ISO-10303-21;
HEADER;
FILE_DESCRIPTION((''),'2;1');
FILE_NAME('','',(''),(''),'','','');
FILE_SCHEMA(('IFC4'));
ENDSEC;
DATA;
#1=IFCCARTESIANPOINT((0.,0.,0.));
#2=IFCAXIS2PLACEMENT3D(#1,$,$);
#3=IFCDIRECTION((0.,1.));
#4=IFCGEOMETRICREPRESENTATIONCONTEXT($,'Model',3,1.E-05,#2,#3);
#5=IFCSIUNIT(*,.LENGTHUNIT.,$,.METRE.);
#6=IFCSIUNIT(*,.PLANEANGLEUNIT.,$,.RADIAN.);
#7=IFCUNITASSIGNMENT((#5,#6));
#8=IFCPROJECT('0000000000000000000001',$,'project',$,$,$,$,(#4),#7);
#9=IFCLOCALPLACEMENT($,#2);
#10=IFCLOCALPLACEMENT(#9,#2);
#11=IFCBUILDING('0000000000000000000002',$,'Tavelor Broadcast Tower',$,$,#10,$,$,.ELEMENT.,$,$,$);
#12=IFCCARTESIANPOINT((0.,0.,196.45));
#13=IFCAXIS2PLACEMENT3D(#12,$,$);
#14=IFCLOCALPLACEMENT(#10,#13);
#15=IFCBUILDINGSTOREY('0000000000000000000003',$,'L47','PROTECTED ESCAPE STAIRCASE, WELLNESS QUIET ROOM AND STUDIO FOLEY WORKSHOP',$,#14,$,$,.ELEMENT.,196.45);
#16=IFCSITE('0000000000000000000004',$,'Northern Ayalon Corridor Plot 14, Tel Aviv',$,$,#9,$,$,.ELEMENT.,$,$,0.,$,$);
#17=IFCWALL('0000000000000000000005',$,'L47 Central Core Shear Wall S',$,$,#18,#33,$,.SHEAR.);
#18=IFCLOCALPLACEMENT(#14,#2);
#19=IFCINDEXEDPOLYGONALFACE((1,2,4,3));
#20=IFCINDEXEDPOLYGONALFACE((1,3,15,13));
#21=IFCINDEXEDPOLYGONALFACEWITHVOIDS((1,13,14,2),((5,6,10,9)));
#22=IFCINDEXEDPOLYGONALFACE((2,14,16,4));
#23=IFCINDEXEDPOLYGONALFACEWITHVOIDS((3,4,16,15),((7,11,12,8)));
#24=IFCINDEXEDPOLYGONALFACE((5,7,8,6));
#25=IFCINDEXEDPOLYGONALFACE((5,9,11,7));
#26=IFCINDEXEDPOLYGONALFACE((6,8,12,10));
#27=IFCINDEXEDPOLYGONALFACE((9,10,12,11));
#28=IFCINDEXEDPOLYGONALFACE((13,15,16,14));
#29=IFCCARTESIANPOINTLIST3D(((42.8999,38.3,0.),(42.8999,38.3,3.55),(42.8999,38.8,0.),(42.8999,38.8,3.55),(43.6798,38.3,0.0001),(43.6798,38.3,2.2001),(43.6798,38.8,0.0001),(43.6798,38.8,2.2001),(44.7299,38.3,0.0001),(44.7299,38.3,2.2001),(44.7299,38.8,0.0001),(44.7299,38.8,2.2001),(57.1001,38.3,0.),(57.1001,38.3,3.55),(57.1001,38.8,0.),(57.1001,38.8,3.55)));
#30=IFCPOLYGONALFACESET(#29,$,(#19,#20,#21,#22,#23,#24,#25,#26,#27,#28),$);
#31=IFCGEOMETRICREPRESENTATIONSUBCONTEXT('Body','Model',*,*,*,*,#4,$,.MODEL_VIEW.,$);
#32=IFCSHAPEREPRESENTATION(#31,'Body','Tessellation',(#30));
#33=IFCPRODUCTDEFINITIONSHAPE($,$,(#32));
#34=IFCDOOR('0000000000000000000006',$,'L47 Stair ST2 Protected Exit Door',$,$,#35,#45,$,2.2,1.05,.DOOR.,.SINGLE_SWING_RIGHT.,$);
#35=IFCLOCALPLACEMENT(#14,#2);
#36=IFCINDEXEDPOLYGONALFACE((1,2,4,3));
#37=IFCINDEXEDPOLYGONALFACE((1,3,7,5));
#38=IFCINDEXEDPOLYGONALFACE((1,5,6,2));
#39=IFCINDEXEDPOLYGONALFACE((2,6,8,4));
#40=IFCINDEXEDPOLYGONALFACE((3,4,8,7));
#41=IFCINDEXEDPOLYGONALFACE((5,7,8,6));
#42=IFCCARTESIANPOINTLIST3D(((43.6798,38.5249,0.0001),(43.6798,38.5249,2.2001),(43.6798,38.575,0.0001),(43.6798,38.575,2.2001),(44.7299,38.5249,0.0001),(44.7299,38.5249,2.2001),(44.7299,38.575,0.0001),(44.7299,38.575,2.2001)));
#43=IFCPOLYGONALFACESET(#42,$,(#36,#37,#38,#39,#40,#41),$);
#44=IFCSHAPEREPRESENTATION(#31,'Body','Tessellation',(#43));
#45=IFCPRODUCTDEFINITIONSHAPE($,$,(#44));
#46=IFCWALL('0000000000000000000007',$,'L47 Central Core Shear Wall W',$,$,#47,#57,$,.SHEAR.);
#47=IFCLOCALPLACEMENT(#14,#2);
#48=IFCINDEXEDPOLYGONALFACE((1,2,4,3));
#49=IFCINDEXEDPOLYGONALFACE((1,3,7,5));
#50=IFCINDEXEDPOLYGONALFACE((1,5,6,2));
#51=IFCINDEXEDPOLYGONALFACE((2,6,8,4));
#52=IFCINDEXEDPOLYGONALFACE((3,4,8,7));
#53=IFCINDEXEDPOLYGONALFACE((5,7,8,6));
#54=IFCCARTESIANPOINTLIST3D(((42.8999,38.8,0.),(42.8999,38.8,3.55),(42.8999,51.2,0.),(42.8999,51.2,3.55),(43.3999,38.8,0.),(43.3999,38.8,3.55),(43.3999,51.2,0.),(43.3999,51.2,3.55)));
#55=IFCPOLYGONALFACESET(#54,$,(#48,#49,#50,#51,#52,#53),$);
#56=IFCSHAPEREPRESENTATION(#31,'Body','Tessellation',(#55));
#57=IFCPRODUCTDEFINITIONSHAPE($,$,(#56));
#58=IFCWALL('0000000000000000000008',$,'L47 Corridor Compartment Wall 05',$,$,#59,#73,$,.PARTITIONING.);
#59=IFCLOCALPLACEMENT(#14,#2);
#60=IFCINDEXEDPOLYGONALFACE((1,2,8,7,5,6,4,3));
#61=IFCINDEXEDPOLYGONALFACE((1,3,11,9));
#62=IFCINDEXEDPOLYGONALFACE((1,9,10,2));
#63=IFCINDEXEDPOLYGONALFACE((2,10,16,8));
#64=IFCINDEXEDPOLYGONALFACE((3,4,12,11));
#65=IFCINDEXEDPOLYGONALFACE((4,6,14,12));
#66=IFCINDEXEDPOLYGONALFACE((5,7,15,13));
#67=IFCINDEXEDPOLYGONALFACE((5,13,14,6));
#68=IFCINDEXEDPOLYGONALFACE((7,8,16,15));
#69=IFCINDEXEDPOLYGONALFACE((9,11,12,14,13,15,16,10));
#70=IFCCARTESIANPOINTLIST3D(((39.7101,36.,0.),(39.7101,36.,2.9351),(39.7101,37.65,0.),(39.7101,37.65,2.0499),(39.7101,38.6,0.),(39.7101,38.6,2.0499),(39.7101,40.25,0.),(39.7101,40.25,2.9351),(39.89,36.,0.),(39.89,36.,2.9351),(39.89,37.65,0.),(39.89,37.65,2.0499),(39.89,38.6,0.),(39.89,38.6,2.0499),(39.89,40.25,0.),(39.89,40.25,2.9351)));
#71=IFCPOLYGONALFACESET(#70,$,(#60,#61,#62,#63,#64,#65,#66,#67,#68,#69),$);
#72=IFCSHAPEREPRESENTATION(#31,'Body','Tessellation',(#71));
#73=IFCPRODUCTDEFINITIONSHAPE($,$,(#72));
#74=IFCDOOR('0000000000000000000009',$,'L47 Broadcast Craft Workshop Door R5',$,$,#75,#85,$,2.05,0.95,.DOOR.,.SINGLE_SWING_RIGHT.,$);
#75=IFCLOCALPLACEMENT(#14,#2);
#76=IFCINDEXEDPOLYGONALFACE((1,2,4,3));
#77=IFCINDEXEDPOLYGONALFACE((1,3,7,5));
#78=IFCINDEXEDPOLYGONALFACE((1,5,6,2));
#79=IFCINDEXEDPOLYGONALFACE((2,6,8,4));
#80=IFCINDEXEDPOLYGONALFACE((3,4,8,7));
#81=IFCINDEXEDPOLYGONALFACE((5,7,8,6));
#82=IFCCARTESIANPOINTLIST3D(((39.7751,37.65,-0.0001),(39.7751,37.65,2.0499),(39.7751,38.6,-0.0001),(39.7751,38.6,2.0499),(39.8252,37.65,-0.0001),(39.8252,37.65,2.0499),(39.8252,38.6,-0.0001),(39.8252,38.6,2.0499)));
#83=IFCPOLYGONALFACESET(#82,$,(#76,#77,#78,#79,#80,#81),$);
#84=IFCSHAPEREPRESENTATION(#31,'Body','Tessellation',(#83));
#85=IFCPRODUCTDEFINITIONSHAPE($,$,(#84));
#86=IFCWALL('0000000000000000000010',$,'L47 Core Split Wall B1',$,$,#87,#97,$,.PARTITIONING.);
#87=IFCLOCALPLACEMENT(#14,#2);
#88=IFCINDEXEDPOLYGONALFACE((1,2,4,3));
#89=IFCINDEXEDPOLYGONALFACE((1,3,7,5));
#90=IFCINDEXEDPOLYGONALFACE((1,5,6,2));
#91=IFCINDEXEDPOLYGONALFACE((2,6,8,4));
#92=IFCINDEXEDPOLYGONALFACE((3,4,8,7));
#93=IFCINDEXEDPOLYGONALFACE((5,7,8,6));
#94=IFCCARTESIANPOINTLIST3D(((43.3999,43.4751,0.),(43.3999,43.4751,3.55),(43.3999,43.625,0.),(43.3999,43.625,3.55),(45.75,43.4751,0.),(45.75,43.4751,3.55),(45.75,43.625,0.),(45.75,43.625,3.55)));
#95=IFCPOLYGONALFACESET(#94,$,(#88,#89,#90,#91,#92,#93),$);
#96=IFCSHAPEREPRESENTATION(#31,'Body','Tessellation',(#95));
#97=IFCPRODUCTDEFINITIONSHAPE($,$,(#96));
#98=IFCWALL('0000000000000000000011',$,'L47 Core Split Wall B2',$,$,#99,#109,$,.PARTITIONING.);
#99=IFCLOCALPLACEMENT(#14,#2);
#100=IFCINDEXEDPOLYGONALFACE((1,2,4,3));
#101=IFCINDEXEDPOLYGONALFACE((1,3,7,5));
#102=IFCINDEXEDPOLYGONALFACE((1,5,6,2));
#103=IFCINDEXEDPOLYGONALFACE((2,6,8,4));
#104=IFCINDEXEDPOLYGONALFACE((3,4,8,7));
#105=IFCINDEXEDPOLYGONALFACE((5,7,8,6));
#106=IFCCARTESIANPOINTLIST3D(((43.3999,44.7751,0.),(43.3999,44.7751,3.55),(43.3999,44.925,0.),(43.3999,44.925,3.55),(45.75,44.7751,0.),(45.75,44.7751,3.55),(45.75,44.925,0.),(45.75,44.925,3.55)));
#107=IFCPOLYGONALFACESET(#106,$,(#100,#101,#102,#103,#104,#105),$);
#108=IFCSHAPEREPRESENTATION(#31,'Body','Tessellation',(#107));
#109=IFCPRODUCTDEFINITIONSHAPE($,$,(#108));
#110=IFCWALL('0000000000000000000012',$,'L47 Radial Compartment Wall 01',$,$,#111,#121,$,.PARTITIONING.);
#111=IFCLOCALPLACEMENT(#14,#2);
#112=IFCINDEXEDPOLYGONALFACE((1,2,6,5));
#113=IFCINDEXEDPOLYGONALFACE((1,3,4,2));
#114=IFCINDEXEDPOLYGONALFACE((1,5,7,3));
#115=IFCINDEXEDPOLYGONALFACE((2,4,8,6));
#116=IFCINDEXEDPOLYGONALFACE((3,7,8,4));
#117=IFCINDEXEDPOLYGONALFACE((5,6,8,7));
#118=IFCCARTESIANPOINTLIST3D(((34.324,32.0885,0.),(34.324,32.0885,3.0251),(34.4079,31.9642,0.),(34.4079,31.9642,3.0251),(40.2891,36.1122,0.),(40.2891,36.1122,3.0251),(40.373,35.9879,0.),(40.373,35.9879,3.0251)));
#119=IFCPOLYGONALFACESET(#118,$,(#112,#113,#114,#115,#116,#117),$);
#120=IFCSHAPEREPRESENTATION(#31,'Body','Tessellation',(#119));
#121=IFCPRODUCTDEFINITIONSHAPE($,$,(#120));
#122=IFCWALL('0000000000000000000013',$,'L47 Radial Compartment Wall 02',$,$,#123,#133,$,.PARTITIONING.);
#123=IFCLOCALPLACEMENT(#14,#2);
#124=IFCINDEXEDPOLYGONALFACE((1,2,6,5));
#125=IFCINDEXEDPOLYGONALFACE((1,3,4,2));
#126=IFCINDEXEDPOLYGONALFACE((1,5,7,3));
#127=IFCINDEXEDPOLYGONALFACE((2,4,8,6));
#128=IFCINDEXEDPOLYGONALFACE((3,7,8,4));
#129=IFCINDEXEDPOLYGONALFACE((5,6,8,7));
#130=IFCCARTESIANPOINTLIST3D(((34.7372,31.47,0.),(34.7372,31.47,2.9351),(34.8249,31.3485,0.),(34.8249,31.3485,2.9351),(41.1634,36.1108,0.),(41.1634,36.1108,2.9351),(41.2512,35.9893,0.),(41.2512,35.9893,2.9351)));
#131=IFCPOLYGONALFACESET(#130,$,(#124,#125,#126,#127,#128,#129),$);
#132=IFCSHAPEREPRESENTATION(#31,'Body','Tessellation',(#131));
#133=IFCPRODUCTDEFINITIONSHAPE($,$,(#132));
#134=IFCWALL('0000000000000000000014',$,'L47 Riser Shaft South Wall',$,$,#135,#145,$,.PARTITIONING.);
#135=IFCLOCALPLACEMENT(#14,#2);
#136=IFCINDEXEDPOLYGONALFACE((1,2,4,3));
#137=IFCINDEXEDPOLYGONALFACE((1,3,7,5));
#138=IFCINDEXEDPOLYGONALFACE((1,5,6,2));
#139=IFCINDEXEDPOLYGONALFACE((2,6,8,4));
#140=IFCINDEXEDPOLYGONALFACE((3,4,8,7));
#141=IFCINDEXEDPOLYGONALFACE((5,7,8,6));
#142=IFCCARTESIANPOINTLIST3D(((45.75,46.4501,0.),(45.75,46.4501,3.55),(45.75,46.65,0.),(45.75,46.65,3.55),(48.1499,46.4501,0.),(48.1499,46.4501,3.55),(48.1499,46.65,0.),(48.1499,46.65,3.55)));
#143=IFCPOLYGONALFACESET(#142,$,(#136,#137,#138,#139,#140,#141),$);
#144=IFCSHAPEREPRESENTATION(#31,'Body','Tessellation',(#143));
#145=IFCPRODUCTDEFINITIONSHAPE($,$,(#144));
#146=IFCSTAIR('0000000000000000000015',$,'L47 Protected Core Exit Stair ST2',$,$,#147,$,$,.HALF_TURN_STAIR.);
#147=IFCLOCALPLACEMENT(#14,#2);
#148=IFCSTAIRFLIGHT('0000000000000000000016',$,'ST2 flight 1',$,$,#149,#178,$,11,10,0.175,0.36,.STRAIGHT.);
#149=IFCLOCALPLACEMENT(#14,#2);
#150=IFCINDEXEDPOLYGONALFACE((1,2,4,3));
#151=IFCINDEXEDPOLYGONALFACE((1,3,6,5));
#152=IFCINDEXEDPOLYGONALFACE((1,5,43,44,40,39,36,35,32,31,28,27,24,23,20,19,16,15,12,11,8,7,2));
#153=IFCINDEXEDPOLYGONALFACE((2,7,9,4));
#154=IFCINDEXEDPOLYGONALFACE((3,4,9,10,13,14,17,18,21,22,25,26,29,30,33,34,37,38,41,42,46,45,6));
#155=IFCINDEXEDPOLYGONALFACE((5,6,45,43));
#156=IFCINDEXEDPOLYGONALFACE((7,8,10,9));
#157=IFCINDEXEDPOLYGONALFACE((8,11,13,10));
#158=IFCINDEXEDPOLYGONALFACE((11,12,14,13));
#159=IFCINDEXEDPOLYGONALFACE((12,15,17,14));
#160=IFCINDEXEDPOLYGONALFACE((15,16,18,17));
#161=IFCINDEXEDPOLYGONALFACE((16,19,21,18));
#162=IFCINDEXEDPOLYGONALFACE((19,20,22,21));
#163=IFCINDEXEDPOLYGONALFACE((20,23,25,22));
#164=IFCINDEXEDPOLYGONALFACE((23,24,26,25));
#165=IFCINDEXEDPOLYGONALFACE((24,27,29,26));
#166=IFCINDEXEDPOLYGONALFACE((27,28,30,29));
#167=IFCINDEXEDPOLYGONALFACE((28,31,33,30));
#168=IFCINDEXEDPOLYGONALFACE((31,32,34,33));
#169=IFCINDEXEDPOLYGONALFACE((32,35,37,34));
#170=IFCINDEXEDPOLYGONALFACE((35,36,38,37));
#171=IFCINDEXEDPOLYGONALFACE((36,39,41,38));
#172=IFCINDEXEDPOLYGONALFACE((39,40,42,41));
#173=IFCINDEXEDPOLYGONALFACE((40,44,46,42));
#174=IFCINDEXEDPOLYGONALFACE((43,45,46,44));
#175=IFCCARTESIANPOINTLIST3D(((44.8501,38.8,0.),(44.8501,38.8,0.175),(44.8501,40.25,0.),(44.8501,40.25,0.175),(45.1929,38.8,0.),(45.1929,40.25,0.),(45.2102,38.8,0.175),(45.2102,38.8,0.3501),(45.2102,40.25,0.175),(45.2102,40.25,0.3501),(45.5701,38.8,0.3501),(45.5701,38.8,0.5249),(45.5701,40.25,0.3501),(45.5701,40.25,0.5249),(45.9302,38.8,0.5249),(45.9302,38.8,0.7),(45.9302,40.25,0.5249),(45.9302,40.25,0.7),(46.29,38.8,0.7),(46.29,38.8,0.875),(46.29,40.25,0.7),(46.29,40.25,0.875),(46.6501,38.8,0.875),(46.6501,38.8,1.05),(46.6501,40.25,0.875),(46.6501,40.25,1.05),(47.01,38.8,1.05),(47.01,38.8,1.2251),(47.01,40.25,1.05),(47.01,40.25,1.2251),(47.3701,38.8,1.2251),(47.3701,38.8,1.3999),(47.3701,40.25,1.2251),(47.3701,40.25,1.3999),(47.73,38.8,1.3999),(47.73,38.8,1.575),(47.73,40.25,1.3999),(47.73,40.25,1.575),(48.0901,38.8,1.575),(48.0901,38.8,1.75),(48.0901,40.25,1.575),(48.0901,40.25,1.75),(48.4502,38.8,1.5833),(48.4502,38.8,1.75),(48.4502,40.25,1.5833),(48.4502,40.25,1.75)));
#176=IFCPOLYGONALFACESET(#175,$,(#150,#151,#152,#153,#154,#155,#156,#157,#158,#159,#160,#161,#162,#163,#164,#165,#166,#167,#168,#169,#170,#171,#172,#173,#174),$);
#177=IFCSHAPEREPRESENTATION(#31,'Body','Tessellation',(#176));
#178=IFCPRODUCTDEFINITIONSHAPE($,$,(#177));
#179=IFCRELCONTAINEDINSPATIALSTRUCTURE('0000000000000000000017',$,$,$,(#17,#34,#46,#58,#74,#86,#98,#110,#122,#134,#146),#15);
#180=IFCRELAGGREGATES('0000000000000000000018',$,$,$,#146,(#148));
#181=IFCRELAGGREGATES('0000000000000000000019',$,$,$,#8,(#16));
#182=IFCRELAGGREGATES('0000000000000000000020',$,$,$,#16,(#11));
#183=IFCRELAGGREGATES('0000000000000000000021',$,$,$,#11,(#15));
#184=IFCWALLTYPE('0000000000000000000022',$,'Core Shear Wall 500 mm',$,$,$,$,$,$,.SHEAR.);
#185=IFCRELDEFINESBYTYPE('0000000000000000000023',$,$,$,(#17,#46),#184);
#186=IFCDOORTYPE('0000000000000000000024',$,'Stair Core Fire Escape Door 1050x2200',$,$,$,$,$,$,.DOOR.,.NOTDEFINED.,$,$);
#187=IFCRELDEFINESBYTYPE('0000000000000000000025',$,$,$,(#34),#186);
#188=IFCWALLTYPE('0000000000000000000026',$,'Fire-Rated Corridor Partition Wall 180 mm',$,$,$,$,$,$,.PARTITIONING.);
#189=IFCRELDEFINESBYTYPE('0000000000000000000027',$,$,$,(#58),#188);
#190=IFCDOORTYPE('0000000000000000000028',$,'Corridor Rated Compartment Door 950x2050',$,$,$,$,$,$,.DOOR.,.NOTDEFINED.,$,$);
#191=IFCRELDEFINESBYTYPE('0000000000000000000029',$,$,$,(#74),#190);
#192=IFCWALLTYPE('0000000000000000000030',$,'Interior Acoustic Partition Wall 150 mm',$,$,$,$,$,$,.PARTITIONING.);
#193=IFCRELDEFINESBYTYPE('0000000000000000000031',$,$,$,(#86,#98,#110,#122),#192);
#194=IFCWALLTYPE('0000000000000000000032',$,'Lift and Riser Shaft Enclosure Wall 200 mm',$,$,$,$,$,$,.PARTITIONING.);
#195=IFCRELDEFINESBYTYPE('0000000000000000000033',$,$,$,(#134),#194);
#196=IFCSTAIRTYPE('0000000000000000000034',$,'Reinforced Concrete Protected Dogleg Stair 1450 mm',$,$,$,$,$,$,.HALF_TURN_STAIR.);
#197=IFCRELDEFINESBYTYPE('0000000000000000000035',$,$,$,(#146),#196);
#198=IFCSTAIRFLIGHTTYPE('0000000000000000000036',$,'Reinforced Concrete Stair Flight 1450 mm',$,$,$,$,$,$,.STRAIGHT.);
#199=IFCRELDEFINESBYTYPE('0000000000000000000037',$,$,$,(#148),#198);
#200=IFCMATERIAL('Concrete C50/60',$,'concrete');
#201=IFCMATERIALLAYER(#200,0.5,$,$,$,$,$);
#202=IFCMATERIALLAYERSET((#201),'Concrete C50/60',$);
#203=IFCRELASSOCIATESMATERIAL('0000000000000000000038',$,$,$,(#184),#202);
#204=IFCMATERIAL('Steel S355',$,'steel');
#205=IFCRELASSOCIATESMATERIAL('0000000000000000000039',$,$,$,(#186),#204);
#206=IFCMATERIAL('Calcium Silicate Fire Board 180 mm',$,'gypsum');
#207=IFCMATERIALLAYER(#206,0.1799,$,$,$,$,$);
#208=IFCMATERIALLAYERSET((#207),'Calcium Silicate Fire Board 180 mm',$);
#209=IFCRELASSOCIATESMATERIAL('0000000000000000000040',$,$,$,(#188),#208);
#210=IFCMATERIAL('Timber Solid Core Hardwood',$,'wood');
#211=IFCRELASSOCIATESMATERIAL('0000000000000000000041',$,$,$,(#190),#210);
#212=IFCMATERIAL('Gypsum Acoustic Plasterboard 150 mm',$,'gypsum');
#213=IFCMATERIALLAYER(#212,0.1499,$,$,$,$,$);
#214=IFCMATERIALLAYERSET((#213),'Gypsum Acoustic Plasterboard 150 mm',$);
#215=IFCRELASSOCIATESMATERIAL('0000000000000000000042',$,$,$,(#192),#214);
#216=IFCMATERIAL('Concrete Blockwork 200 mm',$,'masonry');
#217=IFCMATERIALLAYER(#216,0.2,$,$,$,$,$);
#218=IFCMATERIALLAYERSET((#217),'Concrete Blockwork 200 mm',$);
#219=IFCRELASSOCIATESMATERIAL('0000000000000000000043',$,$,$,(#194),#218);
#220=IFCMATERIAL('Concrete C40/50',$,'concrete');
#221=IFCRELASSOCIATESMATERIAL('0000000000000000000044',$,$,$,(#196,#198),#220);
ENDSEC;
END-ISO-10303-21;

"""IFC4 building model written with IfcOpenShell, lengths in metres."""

from ifc_helpers import new_model, si_unit, direction, frame, frame_2d, origin, place, context, subcontext, project, spatial, polyline, rectangle, outline, extrude, material, layer, layer_set, type_object, element, fill, aggregate, save


model = new_model("IFC4")

# Units and contexts
model_context = context("Model", 3, precision=1e-05, world=origin(), true_north=direction((0.0, 1.0)))
body_context = subcontext(model_context, "Body", "Model", "MODEL_VIEW")
ifc_project = project(units=[si_unit("LENGTHUNIT", "METRE"), si_unit("PLANEANGLEUNIT", "RADIAN")], contexts=[model_context])

# Site, building, storey
site_placement = place(None, origin())
site = spatial("IfcSite", under=ifc_project, at=site_placement, Name="Northern Ayalon Corridor Plot 14, Tel Aviv", CompositionType="ELEMENT", RefElevation=0.0)
building_placement = place(site_placement, origin())
building = spatial("IfcBuilding", under=site, at=building_placement, Name="Tavelor Broadcast Tower", CompositionType="ELEMENT")
storey_placement = place(building_placement, frame((0.0, 0.0, 196.45)))
storey = spatial("IfcBuildingStorey", under=building, at=storey_placement, Name="L47", Description="PROTECTED ESCAPE STAIRCASE, WELLNESS QUIET ROOM AND STUDIO FOLEY WORKSHOP", CompositionType="ELEMENT", Elevation=196.45)

# Shared definitions
ifc_material_1 = material(Name="Concrete C50/60", Category="concrete")

# Shared definitions
ifc_material_2 = material(Name="Concrete C40/50", Category="concrete")
ifc_material_3 = material(Name="Steel S355", Category="steel")

# Wall, opening, door
ifc_layer_1 = layer(ifc_material_1, 0.5)
ifc_layer_set_1 = layer_set([ifc_layer_1], Name="Concrete C50/60")
wall_type_1 = type_object("IfcWallType", Name="Core Shear Wall 500 mm", PredefinedType="SHEAR", material=ifc_layer_set_1)
wall_1_placement = place(storey_placement, frame((42.8999, 38.55, 0.0), z_axis=(0.0, 0.0, 1.0), x_axis=(1.0, 0.0, 0.0)))
wall_1 = element("IfcWall", 1, at=wall_1_placement, inside=storey, type_object=wall_type_1, Name="L47 Central Core Shear Wall S", PredefinedType="SHEAR", context=body_context, shape_type="SweptSolid", body=[
    extrude(rectangle(XDim=14.2002, YDim=0.5, at=frame_2d((7.1001, 0.0))), origin(), (0.0, 0.0, 1.0), 3.55),
])
opening_1_placement = place(wall_1_placement, frame((0.78, 0.0, 0.0)))
opening_1 = element("IfcOpeningElement", 2, at=opening_1_placement, cuts=wall_1, PredefinedType="OPENING", context=body_context, shape_type="SweptSolid", body=[
    extrude(rectangle(XDim=1.05, YDim=2.2, at=frame_2d((0.5249, 1.1001))), frame((0.0, 0.26, 0.0), z_axis=(0.0, -1.0, 0.0), x_axis=(1.0, 0.0, 0.0)), (0.0, 0.0, 1.0), 0.52),
])
door_type_1 = type_object("IfcDoorType", Name="Stair Core Fire Escape Door 1050x2200", OperationType="NOTDEFINED", PredefinedType="DOOR", material=ifc_material_3)
door_1_placement = place(opening_1_placement, origin())
door_1 = element("IfcDoor", 3, at=door_1_placement, inside=storey, type_object=door_type_1, Name="L47 Stair ST2 Protected Exit Door", OperationType="SINGLE_SWING_RIGHT", OverallHeight=2.2, OverallWidth=1.05, PredefinedType="DOOR", context=body_context, shape_type="SweptSolid", body=[
    extrude(rectangle(XDim=1.05, YDim=2.2, at=frame_2d((0.5249, 1.1001))), frame((0.0, 0.0249, 0.0), z_axis=(0.0, -1.0, 0.0), x_axis=(1.0, 0.0, 0.0)), (0.0, 0.0, 1.0), 0.05),
])
fill(opening_1, door_1)

# Wall
wall_2_placement = place(storey_placement, frame((43.1499, 38.8, 0.0), z_axis=(0.0, 0.0, 1.0), x_axis=(0.0, 1.0, 0.0)))
element("IfcWall", 4, at=wall_2_placement, inside=storey, type_object=wall_type_1, Name="L47 Central Core Shear Wall W", PredefinedType="SHEAR", context=body_context, shape_type="SweptSolid", body=[
    extrude(rectangle(XDim=12.3999, YDim=0.5, at=frame_2d((6.2, 0.0))), origin(), (0.0, 0.0, 1.0), 3.55),
])

# Wall, opening, door
ifc_material_4 = material(Name="Calcium Silicate Fire Board 180 mm", Category="gypsum")
ifc_layer_2 = layer(ifc_material_4, 0.1799)
ifc_layer_set_2 = layer_set([ifc_layer_2], Name="Calcium Silicate Fire Board 180 mm")
wall_type_2 = type_object("IfcWallType", Name="Fire-Rated Corridor Partition Wall 180 mm", PredefinedType="PARTITIONING", material=ifc_layer_set_2)
wall_3_placement = place(storey_placement, frame((39.8, 36.0, 0.0), z_axis=(0.0, 0.0, 1.0), x_axis=(0.0, 1.0, 0.0)))
wall_3 = element("IfcWall", 5, at=wall_3_placement, inside=storey, type_object=wall_type_2, Name="L47 Corridor Compartment Wall 05", PredefinedType="PARTITIONING", context=body_context, shape_type="SweptSolid", body=[
    extrude(rectangle(XDim=4.25, YDim=0.1799, at=frame_2d((2.125, 0.0))), origin(), (0.0, 0.0, 1.0), 2.9351),
])
opening_2_placement = place(wall_3_placement, frame((1.6499, 0.0, 0.0)))
opening_2 = element("IfcOpeningElement", 6, at=opening_2_placement, cuts=wall_3, PredefinedType="OPENING", context=body_context, shape_type="SweptSolid", body=[
    extrude(rectangle(XDim=0.95, YDim=2.05, at=frame_2d((0.4751, 1.0249))), frame((0.0, 0.1001, 0.0), z_axis=(0.0, -1.0, 0.0), x_axis=(1.0, 0.0, 0.0)), (0.0, 0.0, 1.0), 0.2),
])
ifc_material_5 = material(Name="Timber Solid Core Hardwood", Category="wood")
door_type_2 = type_object("IfcDoorType", Name="Corridor Rated Compartment Door 950x2050", OperationType="NOTDEFINED", PredefinedType="DOOR", material=ifc_material_5)
door_2_placement = place(opening_2_placement, origin())
door_2 = element("IfcDoor", 7, at=door_2_placement, inside=storey, type_object=door_type_2, Name="L47 Broadcast Craft Workshop Door R5", OperationType="SINGLE_SWING_RIGHT", OverallHeight=2.05, OverallWidth=0.95, PredefinedType="DOOR", context=body_context, shape_type="SweptSolid", body=[
    extrude(rectangle(XDim=0.95, YDim=2.05, at=frame_2d((0.4751, 1.0249))), frame((0.0, 0.0249, 0.0), z_axis=(0.0, -1.0, 0.0), x_axis=(1.0, 0.0, 0.0)), (0.0, 0.0, 1.0), 0.05),
])
fill(opening_2, door_2)

# Walls
ifc_material_6 = material(Name="Gypsum Acoustic Plasterboard 150 mm", Category="gypsum")
ifc_layer_3 = layer(ifc_material_6, 0.1499)
ifc_layer_set_3 = layer_set([ifc_layer_3], Name="Gypsum Acoustic Plasterboard 150 mm")
wall_type_3 = type_object("IfcWallType", Name="Interior Acoustic Partition Wall 150 mm", PredefinedType="PARTITIONING", material=ifc_layer_set_3)
for number, where, z_axis, x_axis, name in (
    (8, (43.3999, 43.55, 0.0), (0.0, 0.0, 1.0), (1.0, 0.0, 0.0), "L47 Core Split Wall B1"),
    (9, (43.3999, 44.8501, 0.0), (0.0, 0.0, 1.0), (1.0, 0.0, 0.0), "L47 Core Split Wall B2"),
):
    element("IfcWall", number, at=place(storey_placement, frame(where, z_axis=z_axis, x_axis=x_axis)), inside=storey, type_object=wall_type_3, Name=name, PredefinedType="PARTITIONING", context=body_context, shape_type="SweptSolid", body=[
        extrude(rectangle(XDim=2.3501, YDim=0.1499, at=frame_2d((1.175, 0.0))), origin(), (0.0, 0.0, 1.0), 3.55),
    ])
wall_4_placement = place(storey_placement, frame((40.3311, 36.05, 0.0), z_axis=(0.0, 0.0, 1.0), x_axis=(-0.829026, -0.55921, 0.0)))
element("IfcWall", 10, at=wall_4_placement, inside=storey, type_object=wall_type_3, Name="L47 Radial Compartment Wall 01", PredefinedType="PARTITIONING", context=body_context, shape_type="SweptSolid", body=[
    extrude(rectangle(XDim=7.1953, YDim=0.1499, at=frame_2d((3.5977, 0.0))), origin(), (0.0, 0.0, 1.0), 3.0251),
])
wall_5_placement = place(storey_placement, frame((41.2073, 36.05, 0.0), z_axis=(0.0, 0.0, 1.0), x_axis=(-0.810699, -0.585464, 0.0)))
element("IfcWall", 11, at=wall_5_placement, inside=storey, type_object=wall_type_3, Name="L47 Radial Compartment Wall 02", PredefinedType="PARTITIONING", context=body_context, shape_type="SweptSolid", body=[
    extrude(rectangle(XDim=7.9268, YDim=0.1499, at=frame_2d((3.9634, 0.0))), origin(), (0.0, 0.0, 1.0), 2.9351),
])
ifc_material_7 = material(Name="Concrete Blockwork 200 mm", Category="masonry")
ifc_layer_4 = layer(ifc_material_7, 0.2)
ifc_layer_set_4 = layer_set([ifc_layer_4], Name="Concrete Blockwork 200 mm")
wall_type_4 = type_object("IfcWallType", Name="Lift and Riser Shaft Enclosure Wall 200 mm", PredefinedType="PARTITIONING", material=ifc_layer_set_4)
wall_6_placement = place(storey_placement, frame((45.75, 46.55, 0.0), z_axis=(0.0, 0.0, 1.0), x_axis=(1.0, 0.0, 0.0)))
element("IfcWall", 12, at=wall_6_placement, inside=storey, type_object=wall_type_4, Name="L47 Riser Shaft South Wall", PredefinedType="PARTITIONING", context=body_context, shape_type="SweptSolid", body=[
    extrude(rectangle(XDim=2.3999, YDim=0.2, at=frame_2d((1.2, 0.0))), origin(), (0.0, 0.0, 1.0), 3.55),
])

# Stair, stair flight
stair_type = type_object("IfcStairType", Name="Reinforced Concrete Protected Dogleg Stair 1450 mm", PredefinedType="HALF_TURN_STAIR", material=ifc_material_2)
stair_placement = place(storey_placement, origin())
stair = element("IfcStair", 13, at=stair_placement, inside=storey, type_object=stair_type, Name="L47 Protected Core Exit Stair ST2", PredefinedType="HALF_TURN_STAIR")
stair_flight_type = type_object("IfcStairFlightType", Name="Reinforced Concrete Stair Flight 1450 mm", PredefinedType="STRAIGHT", material=ifc_material_2)
stair_flight_placement = place(storey_placement, frame((44.8501, 39.5249, 0.0), z_axis=(0.0, 0.0, 1.0), x_axis=(1.0, 0.0, 0.0)))
stair_flight = element("IfcStairFlight", 14, at=stair_flight_placement, type_object=stair_flight_type, Name="ST2 flight 1", NumberOfRisers=11, NumberOfTreads=10, PredefinedType="STRAIGHT", RiserHeight=0.175, TreadLength=0.36, context=body_context, shape_type="SweptSolid", body=[
    extrude(outline(polyline([(0.0, 0.0), (0.0, 0.175), (0.3601, 0.175), (0.3601, 0.3501), (0.72, 0.3501), (0.72, 0.5249), (1.0801, 0.5249), (1.0801, 0.7), (1.4399, 0.7), (1.4399, 0.875), (1.8, 0.875), (1.8, 1.05), (2.1599, 1.05), (2.1599, 1.2251), (2.52, 1.2251), (2.52, 1.3999), (2.8799, 1.3999), (2.8799, 1.575), (3.24, 1.575), (3.24, 1.75), (3.6001, 1.75), (3.6001, 1.925), (3.6001, 1.5833), (0.3428, 0.0), (0.0, 0.0)])), frame((0.0, 0.7251, 0.0), z_axis=(0.0, -1.0, 0.0), x_axis=(1.0, 0.0, 0.0)), (0.0, 0.0, 1.0), 1.45),
])
aggregate(stair, [stair_flight])

save(model, "model.ifc")
